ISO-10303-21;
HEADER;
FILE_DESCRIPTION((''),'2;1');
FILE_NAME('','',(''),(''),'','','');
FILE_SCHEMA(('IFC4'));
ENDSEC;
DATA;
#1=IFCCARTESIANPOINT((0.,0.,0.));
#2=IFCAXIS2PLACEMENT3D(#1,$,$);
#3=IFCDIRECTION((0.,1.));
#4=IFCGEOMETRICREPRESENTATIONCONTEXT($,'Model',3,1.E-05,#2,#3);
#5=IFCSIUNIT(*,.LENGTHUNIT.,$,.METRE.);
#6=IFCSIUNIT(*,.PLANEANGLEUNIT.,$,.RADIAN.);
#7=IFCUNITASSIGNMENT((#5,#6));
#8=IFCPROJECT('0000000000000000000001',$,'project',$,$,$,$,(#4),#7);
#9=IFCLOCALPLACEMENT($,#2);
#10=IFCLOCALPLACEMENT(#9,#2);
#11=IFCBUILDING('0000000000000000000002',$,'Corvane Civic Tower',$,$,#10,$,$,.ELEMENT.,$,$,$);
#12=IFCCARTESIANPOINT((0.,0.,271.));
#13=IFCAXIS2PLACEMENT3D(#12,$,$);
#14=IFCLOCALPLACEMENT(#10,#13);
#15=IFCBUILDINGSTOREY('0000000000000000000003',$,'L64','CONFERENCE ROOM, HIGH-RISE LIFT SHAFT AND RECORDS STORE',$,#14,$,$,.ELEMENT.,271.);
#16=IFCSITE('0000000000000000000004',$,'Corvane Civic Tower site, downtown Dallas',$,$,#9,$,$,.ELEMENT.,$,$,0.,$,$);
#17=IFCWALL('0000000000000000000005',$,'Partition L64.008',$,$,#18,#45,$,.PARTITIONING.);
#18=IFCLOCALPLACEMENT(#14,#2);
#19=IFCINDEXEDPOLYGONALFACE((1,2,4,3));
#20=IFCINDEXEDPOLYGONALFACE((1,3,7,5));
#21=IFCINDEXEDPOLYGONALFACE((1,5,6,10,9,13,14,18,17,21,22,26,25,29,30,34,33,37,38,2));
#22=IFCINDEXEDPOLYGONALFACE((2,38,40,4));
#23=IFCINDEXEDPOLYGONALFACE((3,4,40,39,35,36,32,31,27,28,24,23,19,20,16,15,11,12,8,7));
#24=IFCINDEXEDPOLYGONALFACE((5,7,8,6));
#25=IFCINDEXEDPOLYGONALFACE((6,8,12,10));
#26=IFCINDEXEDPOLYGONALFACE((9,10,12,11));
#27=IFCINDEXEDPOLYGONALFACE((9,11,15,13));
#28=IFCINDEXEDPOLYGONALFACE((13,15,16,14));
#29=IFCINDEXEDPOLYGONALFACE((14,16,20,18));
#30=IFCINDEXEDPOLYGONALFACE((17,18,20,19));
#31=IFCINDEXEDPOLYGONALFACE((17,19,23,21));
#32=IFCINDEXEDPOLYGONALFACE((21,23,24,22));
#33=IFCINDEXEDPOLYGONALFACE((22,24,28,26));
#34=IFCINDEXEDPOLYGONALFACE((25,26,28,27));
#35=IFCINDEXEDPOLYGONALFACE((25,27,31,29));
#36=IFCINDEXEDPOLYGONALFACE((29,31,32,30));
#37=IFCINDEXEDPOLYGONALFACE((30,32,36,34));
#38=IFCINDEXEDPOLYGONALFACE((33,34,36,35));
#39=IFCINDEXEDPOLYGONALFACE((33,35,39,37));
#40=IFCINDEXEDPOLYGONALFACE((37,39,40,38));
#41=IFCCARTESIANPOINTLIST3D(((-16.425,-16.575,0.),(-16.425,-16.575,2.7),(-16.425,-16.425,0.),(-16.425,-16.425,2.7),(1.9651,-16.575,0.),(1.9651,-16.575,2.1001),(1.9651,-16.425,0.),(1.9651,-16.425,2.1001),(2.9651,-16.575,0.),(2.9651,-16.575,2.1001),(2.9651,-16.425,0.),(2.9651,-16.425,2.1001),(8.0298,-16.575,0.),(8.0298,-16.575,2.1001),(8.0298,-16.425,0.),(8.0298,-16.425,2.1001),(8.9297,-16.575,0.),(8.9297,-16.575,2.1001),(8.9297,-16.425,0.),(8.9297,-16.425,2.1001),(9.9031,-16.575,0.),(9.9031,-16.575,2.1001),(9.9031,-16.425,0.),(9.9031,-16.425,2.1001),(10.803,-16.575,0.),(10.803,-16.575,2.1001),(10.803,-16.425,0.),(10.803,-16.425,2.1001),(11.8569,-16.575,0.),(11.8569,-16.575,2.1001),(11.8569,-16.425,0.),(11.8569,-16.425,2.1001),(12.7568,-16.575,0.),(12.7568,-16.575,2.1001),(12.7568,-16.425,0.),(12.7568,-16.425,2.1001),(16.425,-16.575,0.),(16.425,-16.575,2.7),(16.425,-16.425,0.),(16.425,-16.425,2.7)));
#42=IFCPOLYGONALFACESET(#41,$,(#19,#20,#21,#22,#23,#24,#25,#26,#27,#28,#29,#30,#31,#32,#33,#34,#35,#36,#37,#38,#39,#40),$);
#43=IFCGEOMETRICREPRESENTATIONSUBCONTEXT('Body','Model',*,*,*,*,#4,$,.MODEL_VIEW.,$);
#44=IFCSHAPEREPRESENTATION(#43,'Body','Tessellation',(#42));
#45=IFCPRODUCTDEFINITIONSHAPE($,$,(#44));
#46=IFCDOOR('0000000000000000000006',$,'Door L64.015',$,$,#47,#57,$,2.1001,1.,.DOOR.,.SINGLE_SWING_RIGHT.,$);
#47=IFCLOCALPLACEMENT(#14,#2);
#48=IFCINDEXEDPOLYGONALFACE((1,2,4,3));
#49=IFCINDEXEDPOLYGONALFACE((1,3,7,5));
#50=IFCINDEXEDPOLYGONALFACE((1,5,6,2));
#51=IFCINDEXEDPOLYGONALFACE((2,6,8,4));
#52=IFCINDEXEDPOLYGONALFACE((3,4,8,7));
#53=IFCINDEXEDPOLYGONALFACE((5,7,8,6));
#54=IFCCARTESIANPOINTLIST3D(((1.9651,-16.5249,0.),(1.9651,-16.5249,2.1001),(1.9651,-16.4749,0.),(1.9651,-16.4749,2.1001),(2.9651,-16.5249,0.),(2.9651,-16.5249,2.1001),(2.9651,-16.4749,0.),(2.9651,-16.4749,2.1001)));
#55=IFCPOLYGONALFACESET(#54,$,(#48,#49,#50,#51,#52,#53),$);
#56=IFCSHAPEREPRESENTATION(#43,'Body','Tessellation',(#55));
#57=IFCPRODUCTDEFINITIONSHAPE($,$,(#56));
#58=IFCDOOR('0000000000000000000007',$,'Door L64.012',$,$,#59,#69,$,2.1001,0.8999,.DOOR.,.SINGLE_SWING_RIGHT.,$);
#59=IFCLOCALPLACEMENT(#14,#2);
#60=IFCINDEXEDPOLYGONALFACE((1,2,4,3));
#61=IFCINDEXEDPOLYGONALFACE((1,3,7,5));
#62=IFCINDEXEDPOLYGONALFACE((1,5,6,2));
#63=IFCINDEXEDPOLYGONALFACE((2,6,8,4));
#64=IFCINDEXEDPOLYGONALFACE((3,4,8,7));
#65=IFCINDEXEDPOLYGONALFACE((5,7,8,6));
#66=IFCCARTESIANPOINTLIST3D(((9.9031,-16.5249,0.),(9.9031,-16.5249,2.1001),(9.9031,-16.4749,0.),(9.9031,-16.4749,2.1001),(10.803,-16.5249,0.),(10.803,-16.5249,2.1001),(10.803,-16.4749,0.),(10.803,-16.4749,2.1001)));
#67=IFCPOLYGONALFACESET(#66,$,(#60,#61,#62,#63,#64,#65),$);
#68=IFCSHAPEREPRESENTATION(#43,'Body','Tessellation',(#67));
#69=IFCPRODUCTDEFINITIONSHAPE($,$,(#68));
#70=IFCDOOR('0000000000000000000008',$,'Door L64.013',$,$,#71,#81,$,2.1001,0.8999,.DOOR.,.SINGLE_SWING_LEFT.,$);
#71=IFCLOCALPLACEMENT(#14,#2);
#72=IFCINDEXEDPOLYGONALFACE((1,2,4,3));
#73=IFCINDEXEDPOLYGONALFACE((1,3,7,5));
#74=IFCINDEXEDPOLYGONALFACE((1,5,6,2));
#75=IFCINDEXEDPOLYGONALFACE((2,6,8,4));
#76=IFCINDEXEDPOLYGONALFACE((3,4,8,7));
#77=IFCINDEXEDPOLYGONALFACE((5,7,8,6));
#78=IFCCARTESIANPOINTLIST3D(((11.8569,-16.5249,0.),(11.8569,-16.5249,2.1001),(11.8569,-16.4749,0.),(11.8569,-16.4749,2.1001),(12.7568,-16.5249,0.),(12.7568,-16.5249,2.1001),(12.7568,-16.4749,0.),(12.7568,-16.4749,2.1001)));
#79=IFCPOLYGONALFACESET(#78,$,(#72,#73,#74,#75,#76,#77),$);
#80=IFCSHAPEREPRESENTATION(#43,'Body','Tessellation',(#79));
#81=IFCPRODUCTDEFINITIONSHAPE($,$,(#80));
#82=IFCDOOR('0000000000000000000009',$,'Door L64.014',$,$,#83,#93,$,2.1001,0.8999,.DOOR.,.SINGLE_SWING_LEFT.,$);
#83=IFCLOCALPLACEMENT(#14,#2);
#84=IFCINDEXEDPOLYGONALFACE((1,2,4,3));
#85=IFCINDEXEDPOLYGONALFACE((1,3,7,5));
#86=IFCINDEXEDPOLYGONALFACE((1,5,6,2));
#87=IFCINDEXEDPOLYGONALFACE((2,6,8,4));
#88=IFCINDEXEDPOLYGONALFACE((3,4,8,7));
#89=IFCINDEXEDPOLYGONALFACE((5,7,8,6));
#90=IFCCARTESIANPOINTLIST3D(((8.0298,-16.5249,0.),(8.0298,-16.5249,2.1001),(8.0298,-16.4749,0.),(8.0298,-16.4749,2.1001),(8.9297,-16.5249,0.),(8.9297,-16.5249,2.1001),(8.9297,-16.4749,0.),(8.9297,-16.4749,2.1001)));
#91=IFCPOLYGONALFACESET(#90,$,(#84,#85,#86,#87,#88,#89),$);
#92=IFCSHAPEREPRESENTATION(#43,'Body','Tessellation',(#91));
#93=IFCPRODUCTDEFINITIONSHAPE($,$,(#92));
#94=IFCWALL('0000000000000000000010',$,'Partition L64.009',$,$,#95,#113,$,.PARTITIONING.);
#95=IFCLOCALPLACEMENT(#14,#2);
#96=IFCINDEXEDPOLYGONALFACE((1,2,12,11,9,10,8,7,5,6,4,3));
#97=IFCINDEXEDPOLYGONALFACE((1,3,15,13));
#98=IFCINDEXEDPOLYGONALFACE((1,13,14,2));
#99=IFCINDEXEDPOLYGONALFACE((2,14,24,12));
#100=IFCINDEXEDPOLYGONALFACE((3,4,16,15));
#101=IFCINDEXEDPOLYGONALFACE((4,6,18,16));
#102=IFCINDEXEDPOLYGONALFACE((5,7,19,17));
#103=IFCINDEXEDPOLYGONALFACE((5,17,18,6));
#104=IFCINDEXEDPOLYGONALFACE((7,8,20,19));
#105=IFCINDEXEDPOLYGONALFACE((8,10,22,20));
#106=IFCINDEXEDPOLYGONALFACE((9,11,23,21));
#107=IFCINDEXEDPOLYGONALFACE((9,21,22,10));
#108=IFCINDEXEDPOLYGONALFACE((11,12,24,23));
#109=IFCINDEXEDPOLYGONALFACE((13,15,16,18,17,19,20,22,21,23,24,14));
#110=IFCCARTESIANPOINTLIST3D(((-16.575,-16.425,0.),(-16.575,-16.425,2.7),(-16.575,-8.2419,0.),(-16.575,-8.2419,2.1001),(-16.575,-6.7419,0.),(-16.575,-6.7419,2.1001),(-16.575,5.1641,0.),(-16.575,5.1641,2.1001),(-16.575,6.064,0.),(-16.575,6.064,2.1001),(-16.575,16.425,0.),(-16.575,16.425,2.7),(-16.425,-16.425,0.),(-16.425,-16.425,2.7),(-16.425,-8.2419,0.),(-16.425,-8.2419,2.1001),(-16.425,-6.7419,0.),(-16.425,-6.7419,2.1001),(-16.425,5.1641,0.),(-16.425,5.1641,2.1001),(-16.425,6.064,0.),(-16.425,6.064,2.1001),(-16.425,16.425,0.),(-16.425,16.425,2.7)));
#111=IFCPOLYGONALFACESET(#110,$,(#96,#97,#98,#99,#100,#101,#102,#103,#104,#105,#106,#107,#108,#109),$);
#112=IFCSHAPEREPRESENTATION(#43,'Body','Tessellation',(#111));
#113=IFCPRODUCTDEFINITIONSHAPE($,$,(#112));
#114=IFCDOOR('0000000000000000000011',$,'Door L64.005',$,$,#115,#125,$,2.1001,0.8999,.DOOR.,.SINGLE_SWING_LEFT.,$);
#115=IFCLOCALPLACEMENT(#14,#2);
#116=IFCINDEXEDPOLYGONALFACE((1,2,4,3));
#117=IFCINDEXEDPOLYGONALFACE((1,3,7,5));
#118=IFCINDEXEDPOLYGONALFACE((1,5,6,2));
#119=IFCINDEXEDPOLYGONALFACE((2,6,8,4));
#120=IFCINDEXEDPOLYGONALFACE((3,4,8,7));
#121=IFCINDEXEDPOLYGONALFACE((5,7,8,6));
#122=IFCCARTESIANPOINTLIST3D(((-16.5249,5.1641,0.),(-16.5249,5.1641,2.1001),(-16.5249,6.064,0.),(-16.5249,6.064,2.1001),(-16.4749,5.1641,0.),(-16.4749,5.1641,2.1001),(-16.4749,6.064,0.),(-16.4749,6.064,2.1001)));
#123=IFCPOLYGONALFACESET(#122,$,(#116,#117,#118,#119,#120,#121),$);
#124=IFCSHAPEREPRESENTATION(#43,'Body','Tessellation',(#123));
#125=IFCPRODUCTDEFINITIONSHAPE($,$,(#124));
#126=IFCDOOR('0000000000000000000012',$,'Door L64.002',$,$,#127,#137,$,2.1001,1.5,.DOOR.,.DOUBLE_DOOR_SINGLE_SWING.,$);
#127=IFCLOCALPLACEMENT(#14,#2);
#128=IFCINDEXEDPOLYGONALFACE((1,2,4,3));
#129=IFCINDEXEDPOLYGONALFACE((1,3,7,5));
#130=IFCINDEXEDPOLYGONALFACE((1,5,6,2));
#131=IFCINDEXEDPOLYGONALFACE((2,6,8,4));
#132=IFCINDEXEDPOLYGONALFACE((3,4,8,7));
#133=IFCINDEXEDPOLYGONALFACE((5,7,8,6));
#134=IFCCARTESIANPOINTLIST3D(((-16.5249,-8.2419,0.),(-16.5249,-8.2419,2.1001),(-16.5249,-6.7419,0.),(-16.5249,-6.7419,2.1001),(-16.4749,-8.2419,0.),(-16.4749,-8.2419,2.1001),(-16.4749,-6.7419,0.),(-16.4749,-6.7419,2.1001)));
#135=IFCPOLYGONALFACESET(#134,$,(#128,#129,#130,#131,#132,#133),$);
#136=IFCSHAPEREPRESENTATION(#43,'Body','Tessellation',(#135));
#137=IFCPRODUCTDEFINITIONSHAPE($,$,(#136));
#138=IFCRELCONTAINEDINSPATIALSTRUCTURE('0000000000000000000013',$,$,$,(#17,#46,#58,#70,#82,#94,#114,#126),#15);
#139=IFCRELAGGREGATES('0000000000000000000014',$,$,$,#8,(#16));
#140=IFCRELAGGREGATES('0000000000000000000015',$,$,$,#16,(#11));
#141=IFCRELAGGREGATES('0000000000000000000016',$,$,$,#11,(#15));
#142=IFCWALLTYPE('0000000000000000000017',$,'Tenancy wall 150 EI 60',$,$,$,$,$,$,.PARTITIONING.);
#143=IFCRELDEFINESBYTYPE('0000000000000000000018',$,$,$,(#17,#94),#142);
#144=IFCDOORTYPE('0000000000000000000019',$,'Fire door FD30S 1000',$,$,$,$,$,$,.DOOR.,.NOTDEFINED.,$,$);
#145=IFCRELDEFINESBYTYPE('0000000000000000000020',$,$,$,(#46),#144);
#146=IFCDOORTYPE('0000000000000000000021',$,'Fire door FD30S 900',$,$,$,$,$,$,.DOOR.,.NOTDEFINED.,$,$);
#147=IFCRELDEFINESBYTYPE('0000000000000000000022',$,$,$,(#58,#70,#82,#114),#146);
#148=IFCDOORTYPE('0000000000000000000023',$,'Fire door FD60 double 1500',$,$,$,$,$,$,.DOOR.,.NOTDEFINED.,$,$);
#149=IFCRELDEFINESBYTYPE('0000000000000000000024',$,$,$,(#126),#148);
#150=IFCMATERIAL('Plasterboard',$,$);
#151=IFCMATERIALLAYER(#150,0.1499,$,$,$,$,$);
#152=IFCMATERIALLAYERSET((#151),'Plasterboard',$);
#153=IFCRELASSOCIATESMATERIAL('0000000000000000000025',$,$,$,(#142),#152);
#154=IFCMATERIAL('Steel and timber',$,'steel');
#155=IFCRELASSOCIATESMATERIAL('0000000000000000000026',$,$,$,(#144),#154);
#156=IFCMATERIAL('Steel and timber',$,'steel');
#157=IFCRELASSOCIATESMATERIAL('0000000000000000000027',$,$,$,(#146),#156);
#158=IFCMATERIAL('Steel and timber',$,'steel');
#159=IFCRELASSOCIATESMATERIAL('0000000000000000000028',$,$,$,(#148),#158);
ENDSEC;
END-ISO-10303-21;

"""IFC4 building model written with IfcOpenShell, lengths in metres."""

from ifc_helpers import new_model, si_unit, direction, frame, frame_2d, origin, place, context, subcontext, project, spatial, rectangle, extrude, material, layer, layer_set, type_object, element, fill, save


model = new_model("IFC4")

# Units and contexts
model_context = context("Model", 3, precision=1e-05, world=origin(), true_north=direction((0.0, 1.0)))
body_context = subcontext(model_context, "Body", "Model", "MODEL_VIEW")
ifc_project = project(units=[si_unit("LENGTHUNIT", "METRE"), si_unit("PLANEANGLEUNIT", "RADIAN")], contexts=[model_context])

# Site, building, storey
site_placement = place(None, origin())
site = spatial("IfcSite", under=ifc_project, at=site_placement, Name="Corvane Civic Tower site, downtown Dallas", CompositionType="ELEMENT", RefElevation=0.0)
building_placement = place(site_placement, origin())
building = spatial("IfcBuilding", under=site, at=building_placement, Name="Corvane Civic Tower", CompositionType="ELEMENT")
storey_placement = place(building_placement, frame((0.0, 0.0, 271.0)))
storey = spatial("IfcBuildingStorey", under=building, at=storey_placement, Name="L64", Description="CONFERENCE ROOM, HIGH-RISE LIFT SHAFT AND RECORDS STORE", CompositionType="ELEMENT", Elevation=271.0)

# Walls, openings, doors
ifc_material_1 = material(Name="Plasterboard")
ifc_layer_1 = layer(ifc_material_1, 0.1499)
ifc_layer_set_1 = layer_set([ifc_layer_1], Name="Plasterboard")
wall_type_1 = type_object("IfcWallType", Name="Tenancy wall 150 EI 60", PredefinedType="PARTITIONING", material=ifc_layer_set_1)
wall_1_placement = place(storey_placement, frame((-16.425, -16.5, 0.0), z_axis=(0.0, 0.0, 1.0), x_axis=(1.0, 0.0, 0.0)))
wall_1 = element("IfcWall", 1, at=wall_1_placement, inside=storey, type_object=wall_type_1, Name="Partition L64.008", PredefinedType="PARTITIONING", context=body_context, shape_type="SweptSolid", body=[
    extrude(rectangle(XDim=32.8501, YDim=0.1499, at=frame_2d((16.425, 0.0))), origin(), (0.0, 0.0, 1.0), 2.7),
])
opening_1_placement = place(wall_1_placement, frame((26.3281, 0.0, 0.0)))
opening_1 = element("IfcOpeningElement", 2, at=opening_1_placement, cuts=wall_1, PredefinedType="OPENING", context=body_context, shape_type="SweptSolid", body=[
    extrude(rectangle(XDim=0.8999, YDim=2.1001, at=frame_2d((0.45, 1.05))), frame((0.0, 0.085, 0.0), z_axis=(0.0, -1.0, 0.0), x_axis=(1.0, 0.0, 0.0)), (0.0, 0.0, 1.0), 0.1699),
])
opening_2_placement = place(wall_1_placement, frame((28.282, 0.0, 0.0)))
opening_2 = element("IfcOpeningElement", 3, at=opening_2_placement, cuts=wall_1, PredefinedType="OPENING", context=body_context, shape_type="SweptSolid", body=[
    extrude(rectangle(XDim=0.8999, YDim=2.1001, at=frame_2d((0.45, 1.05))), frame((0.0, 0.085, 0.0), z_axis=(0.0, -1.0, 0.0), x_axis=(1.0, 0.0, 0.0)), (0.0, 0.0, 1.0), 0.1699),
])
opening_3_placement = place(wall_1_placement, frame((24.4548, 0.0, 0.0)))
opening_3 = element("IfcOpeningElement", 4, at=opening_3_placement, cuts=wall_1, PredefinedType="OPENING", context=body_context, shape_type="SweptSolid", body=[
    extrude(rectangle(XDim=0.8999, YDim=2.1001, at=frame_2d((0.45, 1.05))), frame((0.0, 0.085, 0.0), z_axis=(0.0, -1.0, 0.0), x_axis=(1.0, 0.0, 0.0)), (0.0, 0.0, 1.0), 0.1699),
])
opening_4_placement = place(wall_1_placement, frame((18.3901, 0.0, 0.0)))
opening_4 = element("IfcOpeningElement", 5, at=opening_4_placement, cuts=wall_1, PredefinedType="OPENING", context=body_context, shape_type="SweptSolid", body=[
    extrude(rectangle(XDim=1.0, YDim=2.1001, at=frame_2d((0.5, 1.05))), frame((0.0, 0.085, 0.0), z_axis=(0.0, -1.0, 0.0), x_axis=(1.0, 0.0, 0.0)), (0.0, 0.0, 1.0), 0.1699),
])
ifc_material_2 = material(Name="Steel and timber", Category="steel")
door_type_1 = type_object("IfcDoorType", Name="Fire door FD30S 1000", OperationType="NOTDEFINED", PredefinedType="DOOR", material=ifc_material_2)
door_1_placement = place(opening_4_placement, frame((1.0, 0.0, 0.0), z_axis=(0.0, 0.0, 1.0), x_axis=(-1.0, 0.0, 0.0)))
door_1 = element("IfcDoor", 6, at=door_1_placement, inside=storey, type_object=door_type_1, Name="Door L64.015", OperationType="SINGLE_SWING_RIGHT", OverallHeight=2.1001, OverallWidth=1.0, PredefinedType="DOOR", context=body_context, shape_type="SweptSolid", body=[
    extrude(rectangle(XDim=1.0, YDim=2.1001, at=frame_2d((0.5, 1.05))), frame((0.0, 0.0249, 0.0), z_axis=(0.0, -1.0, 0.0), x_axis=(1.0, 0.0, 0.0)), (0.0, 0.0, 1.0), 0.05),
])
fill(opening_4, door_1)
ifc_material_3 = material(Name="Steel and timber", Category="steel")
door_type_2 = type_object("IfcDoorType", Name="Fire door FD30S 900", OperationType="NOTDEFINED", PredefinedType="DOOR", material=ifc_material_3)
door_2_placement = place(opening_1_placement, frame((0.8999, 0.0, 0.0), z_axis=(0.0, 0.0, 1.0), x_axis=(-1.0, 0.0, 0.0)))
door_2 = element("IfcDoor", 7, at=door_2_placement, inside=storey, type_object=door_type_2, Name="Door L64.012", OperationType="SINGLE_SWING_RIGHT", OverallHeight=2.1001, OverallWidth=0.8999, PredefinedType="DOOR", context=body_context, shape_type="SweptSolid", body=[
    extrude(rectangle(XDim=0.8999, YDim=2.1001, at=frame_2d((0.45, 1.05))), frame((0.0, 0.0249, 0.0), z_axis=(0.0, -1.0, 0.0), x_axis=(1.0, 0.0, 0.0)), (0.0, 0.0, 1.0), 0.05),
])
fill(opening_1, door_2)
door_3_placement = place(opening_2_placement, frame((0.8999, 0.0, 0.0), z_axis=(0.0, 0.0, 1.0), x_axis=(-1.0, 0.0, 0.0)))
door_3 = element("IfcDoor", 8, at=door_3_placement, inside=storey, type_object=door_type_2, Name="Door L64.013", OperationType="SINGLE_SWING_LEFT", OverallHeight=2.1001, OverallWidth=0.8999, PredefinedType="DOOR", context=body_context, shape_type="SweptSolid", body=[
    extrude(rectangle(XDim=0.8999, YDim=2.1001, at=frame_2d((0.45, 1.05))), frame((0.0, 0.0249, 0.0), z_axis=(0.0, -1.0, 0.0), x_axis=(1.0, 0.0, 0.0)), (0.0, 0.0, 1.0), 0.05),
])
fill(opening_2, door_3)
door_4_placement = place(opening_3_placement, frame((0.8999, 0.0, 0.0), z_axis=(0.0, 0.0, 1.0), x_axis=(-1.0, 0.0, 0.0)))
door_4 = element("IfcDoor", 9, at=door_4_placement, inside=storey, type_object=door_type_2, Name="Door L64.014", OperationType="SINGLE_SWING_LEFT", OverallHeight=2.1001, OverallWidth=0.8999, PredefinedType="DOOR", context=body_context, shape_type="SweptSolid", body=[
    extrude(rectangle(XDim=0.8999, YDim=2.1001, at=frame_2d((0.45, 1.05))), frame((0.0, 0.0249, 0.0), z_axis=(0.0, -1.0, 0.0), x_axis=(1.0, 0.0, 0.0)), (0.0, 0.0, 1.0), 0.05),
])
fill(opening_3, door_4)
wall_2_placement = place(storey_placement, frame((-16.5, -16.425, 0.0), z_axis=(0.0, 0.0, 1.0), x_axis=(0.0, 1.0, 0.0)))
wall_2 = element("IfcWall", 10, at=wall_2_placement, inside=storey, type_object=wall_type_1, Name="Partition L64.009", PredefinedType="PARTITIONING", context=body_context, shape_type="SweptSolid", body=[
    extrude(rectangle(XDim=32.8501, YDim=0.1499, at=frame_2d((16.425, 0.0))), origin(), (0.0, 0.0, 1.0), 2.7),
])
opening_5_placement = place(wall_2_placement, frame((8.1831, 0.0, 0.0)))
opening_5 = element("IfcOpeningElement", 11, at=opening_5_placement, cuts=wall_2, PredefinedType="OPENING", context=body_context, shape_type="SweptSolid", body=[
    extrude(rectangle(XDim=1.5, YDim=2.1001, at=frame_2d((0.75, 1.05))), frame((0.0, 0.085, 0.0), z_axis=(0.0, -1.0, 0.0), x_axis=(1.0, 0.0, 0.0)), (0.0, 0.0, 1.0), 0.1699),
])
opening_6_placement = place(wall_2_placement, frame((21.5891, 0.0, 0.0)))
opening_6 = element("IfcOpeningElement", 12, at=opening_6_placement, cuts=wall_2, PredefinedType="OPENING", context=body_context, shape_type="SweptSolid", body=[
    extrude(rectangle(XDim=0.8999, YDim=2.1001, at=frame_2d((0.45, 1.05))), frame((0.0, 0.085, 0.0), z_axis=(0.0, -1.0, 0.0), x_axis=(1.0, 0.0, 0.0)), (0.0, 0.0, 1.0), 0.1699),
])
door_5_placement = place(opening_6_placement, origin())
door_5 = element("IfcDoor", 13, at=door_5_placement, inside=storey, type_object=door_type_2, Name="Door L64.005", OperationType="SINGLE_SWING_LEFT", OverallHeight=2.1001, OverallWidth=0.8999, PredefinedType="DOOR", context=body_context, shape_type="SweptSolid", body=[
    extrude(rectangle(XDim=0.8999, YDim=2.1001, at=frame_2d((0.45, 1.05))), frame((0.0, 0.0249, 0.0), z_axis=(0.0, -1.0, 0.0), x_axis=(1.0, 0.0, 0.0)), (0.0, 0.0, 1.0), 0.05),
])
fill(opening_6, door_5)
ifc_material_4 = material(Name="Steel and timber", Category="steel")
door_type_3 = type_object("IfcDoorType", Name="Fire door FD60 double 1500", OperationType="NOTDEFINED", PredefinedType="DOOR", material=ifc_material_4)
door_6_placement = place(opening_5_placement, origin())
door_6 = element("IfcDoor", 14, at=door_6_placement, inside=storey, type_object=door_type_3, Name="Door L64.002", OperationType="DOUBLE_DOOR_SINGLE_SWING", OverallHeight=2.1001, OverallWidth=1.5, PredefinedType="DOOR", context=body_context, shape_type="SweptSolid", body=[
    extrude(rectangle(XDim=1.5, YDim=2.1001, at=frame_2d((0.75, 1.05))), frame((0.0, 0.0249, 0.0), z_axis=(0.0, -1.0, 0.0), x_axis=(1.0, 0.0, 0.0)), (0.0, 0.0, 1.0), 0.05),
])
fill(opening_5, door_6)

save(model, "model.ifc")
